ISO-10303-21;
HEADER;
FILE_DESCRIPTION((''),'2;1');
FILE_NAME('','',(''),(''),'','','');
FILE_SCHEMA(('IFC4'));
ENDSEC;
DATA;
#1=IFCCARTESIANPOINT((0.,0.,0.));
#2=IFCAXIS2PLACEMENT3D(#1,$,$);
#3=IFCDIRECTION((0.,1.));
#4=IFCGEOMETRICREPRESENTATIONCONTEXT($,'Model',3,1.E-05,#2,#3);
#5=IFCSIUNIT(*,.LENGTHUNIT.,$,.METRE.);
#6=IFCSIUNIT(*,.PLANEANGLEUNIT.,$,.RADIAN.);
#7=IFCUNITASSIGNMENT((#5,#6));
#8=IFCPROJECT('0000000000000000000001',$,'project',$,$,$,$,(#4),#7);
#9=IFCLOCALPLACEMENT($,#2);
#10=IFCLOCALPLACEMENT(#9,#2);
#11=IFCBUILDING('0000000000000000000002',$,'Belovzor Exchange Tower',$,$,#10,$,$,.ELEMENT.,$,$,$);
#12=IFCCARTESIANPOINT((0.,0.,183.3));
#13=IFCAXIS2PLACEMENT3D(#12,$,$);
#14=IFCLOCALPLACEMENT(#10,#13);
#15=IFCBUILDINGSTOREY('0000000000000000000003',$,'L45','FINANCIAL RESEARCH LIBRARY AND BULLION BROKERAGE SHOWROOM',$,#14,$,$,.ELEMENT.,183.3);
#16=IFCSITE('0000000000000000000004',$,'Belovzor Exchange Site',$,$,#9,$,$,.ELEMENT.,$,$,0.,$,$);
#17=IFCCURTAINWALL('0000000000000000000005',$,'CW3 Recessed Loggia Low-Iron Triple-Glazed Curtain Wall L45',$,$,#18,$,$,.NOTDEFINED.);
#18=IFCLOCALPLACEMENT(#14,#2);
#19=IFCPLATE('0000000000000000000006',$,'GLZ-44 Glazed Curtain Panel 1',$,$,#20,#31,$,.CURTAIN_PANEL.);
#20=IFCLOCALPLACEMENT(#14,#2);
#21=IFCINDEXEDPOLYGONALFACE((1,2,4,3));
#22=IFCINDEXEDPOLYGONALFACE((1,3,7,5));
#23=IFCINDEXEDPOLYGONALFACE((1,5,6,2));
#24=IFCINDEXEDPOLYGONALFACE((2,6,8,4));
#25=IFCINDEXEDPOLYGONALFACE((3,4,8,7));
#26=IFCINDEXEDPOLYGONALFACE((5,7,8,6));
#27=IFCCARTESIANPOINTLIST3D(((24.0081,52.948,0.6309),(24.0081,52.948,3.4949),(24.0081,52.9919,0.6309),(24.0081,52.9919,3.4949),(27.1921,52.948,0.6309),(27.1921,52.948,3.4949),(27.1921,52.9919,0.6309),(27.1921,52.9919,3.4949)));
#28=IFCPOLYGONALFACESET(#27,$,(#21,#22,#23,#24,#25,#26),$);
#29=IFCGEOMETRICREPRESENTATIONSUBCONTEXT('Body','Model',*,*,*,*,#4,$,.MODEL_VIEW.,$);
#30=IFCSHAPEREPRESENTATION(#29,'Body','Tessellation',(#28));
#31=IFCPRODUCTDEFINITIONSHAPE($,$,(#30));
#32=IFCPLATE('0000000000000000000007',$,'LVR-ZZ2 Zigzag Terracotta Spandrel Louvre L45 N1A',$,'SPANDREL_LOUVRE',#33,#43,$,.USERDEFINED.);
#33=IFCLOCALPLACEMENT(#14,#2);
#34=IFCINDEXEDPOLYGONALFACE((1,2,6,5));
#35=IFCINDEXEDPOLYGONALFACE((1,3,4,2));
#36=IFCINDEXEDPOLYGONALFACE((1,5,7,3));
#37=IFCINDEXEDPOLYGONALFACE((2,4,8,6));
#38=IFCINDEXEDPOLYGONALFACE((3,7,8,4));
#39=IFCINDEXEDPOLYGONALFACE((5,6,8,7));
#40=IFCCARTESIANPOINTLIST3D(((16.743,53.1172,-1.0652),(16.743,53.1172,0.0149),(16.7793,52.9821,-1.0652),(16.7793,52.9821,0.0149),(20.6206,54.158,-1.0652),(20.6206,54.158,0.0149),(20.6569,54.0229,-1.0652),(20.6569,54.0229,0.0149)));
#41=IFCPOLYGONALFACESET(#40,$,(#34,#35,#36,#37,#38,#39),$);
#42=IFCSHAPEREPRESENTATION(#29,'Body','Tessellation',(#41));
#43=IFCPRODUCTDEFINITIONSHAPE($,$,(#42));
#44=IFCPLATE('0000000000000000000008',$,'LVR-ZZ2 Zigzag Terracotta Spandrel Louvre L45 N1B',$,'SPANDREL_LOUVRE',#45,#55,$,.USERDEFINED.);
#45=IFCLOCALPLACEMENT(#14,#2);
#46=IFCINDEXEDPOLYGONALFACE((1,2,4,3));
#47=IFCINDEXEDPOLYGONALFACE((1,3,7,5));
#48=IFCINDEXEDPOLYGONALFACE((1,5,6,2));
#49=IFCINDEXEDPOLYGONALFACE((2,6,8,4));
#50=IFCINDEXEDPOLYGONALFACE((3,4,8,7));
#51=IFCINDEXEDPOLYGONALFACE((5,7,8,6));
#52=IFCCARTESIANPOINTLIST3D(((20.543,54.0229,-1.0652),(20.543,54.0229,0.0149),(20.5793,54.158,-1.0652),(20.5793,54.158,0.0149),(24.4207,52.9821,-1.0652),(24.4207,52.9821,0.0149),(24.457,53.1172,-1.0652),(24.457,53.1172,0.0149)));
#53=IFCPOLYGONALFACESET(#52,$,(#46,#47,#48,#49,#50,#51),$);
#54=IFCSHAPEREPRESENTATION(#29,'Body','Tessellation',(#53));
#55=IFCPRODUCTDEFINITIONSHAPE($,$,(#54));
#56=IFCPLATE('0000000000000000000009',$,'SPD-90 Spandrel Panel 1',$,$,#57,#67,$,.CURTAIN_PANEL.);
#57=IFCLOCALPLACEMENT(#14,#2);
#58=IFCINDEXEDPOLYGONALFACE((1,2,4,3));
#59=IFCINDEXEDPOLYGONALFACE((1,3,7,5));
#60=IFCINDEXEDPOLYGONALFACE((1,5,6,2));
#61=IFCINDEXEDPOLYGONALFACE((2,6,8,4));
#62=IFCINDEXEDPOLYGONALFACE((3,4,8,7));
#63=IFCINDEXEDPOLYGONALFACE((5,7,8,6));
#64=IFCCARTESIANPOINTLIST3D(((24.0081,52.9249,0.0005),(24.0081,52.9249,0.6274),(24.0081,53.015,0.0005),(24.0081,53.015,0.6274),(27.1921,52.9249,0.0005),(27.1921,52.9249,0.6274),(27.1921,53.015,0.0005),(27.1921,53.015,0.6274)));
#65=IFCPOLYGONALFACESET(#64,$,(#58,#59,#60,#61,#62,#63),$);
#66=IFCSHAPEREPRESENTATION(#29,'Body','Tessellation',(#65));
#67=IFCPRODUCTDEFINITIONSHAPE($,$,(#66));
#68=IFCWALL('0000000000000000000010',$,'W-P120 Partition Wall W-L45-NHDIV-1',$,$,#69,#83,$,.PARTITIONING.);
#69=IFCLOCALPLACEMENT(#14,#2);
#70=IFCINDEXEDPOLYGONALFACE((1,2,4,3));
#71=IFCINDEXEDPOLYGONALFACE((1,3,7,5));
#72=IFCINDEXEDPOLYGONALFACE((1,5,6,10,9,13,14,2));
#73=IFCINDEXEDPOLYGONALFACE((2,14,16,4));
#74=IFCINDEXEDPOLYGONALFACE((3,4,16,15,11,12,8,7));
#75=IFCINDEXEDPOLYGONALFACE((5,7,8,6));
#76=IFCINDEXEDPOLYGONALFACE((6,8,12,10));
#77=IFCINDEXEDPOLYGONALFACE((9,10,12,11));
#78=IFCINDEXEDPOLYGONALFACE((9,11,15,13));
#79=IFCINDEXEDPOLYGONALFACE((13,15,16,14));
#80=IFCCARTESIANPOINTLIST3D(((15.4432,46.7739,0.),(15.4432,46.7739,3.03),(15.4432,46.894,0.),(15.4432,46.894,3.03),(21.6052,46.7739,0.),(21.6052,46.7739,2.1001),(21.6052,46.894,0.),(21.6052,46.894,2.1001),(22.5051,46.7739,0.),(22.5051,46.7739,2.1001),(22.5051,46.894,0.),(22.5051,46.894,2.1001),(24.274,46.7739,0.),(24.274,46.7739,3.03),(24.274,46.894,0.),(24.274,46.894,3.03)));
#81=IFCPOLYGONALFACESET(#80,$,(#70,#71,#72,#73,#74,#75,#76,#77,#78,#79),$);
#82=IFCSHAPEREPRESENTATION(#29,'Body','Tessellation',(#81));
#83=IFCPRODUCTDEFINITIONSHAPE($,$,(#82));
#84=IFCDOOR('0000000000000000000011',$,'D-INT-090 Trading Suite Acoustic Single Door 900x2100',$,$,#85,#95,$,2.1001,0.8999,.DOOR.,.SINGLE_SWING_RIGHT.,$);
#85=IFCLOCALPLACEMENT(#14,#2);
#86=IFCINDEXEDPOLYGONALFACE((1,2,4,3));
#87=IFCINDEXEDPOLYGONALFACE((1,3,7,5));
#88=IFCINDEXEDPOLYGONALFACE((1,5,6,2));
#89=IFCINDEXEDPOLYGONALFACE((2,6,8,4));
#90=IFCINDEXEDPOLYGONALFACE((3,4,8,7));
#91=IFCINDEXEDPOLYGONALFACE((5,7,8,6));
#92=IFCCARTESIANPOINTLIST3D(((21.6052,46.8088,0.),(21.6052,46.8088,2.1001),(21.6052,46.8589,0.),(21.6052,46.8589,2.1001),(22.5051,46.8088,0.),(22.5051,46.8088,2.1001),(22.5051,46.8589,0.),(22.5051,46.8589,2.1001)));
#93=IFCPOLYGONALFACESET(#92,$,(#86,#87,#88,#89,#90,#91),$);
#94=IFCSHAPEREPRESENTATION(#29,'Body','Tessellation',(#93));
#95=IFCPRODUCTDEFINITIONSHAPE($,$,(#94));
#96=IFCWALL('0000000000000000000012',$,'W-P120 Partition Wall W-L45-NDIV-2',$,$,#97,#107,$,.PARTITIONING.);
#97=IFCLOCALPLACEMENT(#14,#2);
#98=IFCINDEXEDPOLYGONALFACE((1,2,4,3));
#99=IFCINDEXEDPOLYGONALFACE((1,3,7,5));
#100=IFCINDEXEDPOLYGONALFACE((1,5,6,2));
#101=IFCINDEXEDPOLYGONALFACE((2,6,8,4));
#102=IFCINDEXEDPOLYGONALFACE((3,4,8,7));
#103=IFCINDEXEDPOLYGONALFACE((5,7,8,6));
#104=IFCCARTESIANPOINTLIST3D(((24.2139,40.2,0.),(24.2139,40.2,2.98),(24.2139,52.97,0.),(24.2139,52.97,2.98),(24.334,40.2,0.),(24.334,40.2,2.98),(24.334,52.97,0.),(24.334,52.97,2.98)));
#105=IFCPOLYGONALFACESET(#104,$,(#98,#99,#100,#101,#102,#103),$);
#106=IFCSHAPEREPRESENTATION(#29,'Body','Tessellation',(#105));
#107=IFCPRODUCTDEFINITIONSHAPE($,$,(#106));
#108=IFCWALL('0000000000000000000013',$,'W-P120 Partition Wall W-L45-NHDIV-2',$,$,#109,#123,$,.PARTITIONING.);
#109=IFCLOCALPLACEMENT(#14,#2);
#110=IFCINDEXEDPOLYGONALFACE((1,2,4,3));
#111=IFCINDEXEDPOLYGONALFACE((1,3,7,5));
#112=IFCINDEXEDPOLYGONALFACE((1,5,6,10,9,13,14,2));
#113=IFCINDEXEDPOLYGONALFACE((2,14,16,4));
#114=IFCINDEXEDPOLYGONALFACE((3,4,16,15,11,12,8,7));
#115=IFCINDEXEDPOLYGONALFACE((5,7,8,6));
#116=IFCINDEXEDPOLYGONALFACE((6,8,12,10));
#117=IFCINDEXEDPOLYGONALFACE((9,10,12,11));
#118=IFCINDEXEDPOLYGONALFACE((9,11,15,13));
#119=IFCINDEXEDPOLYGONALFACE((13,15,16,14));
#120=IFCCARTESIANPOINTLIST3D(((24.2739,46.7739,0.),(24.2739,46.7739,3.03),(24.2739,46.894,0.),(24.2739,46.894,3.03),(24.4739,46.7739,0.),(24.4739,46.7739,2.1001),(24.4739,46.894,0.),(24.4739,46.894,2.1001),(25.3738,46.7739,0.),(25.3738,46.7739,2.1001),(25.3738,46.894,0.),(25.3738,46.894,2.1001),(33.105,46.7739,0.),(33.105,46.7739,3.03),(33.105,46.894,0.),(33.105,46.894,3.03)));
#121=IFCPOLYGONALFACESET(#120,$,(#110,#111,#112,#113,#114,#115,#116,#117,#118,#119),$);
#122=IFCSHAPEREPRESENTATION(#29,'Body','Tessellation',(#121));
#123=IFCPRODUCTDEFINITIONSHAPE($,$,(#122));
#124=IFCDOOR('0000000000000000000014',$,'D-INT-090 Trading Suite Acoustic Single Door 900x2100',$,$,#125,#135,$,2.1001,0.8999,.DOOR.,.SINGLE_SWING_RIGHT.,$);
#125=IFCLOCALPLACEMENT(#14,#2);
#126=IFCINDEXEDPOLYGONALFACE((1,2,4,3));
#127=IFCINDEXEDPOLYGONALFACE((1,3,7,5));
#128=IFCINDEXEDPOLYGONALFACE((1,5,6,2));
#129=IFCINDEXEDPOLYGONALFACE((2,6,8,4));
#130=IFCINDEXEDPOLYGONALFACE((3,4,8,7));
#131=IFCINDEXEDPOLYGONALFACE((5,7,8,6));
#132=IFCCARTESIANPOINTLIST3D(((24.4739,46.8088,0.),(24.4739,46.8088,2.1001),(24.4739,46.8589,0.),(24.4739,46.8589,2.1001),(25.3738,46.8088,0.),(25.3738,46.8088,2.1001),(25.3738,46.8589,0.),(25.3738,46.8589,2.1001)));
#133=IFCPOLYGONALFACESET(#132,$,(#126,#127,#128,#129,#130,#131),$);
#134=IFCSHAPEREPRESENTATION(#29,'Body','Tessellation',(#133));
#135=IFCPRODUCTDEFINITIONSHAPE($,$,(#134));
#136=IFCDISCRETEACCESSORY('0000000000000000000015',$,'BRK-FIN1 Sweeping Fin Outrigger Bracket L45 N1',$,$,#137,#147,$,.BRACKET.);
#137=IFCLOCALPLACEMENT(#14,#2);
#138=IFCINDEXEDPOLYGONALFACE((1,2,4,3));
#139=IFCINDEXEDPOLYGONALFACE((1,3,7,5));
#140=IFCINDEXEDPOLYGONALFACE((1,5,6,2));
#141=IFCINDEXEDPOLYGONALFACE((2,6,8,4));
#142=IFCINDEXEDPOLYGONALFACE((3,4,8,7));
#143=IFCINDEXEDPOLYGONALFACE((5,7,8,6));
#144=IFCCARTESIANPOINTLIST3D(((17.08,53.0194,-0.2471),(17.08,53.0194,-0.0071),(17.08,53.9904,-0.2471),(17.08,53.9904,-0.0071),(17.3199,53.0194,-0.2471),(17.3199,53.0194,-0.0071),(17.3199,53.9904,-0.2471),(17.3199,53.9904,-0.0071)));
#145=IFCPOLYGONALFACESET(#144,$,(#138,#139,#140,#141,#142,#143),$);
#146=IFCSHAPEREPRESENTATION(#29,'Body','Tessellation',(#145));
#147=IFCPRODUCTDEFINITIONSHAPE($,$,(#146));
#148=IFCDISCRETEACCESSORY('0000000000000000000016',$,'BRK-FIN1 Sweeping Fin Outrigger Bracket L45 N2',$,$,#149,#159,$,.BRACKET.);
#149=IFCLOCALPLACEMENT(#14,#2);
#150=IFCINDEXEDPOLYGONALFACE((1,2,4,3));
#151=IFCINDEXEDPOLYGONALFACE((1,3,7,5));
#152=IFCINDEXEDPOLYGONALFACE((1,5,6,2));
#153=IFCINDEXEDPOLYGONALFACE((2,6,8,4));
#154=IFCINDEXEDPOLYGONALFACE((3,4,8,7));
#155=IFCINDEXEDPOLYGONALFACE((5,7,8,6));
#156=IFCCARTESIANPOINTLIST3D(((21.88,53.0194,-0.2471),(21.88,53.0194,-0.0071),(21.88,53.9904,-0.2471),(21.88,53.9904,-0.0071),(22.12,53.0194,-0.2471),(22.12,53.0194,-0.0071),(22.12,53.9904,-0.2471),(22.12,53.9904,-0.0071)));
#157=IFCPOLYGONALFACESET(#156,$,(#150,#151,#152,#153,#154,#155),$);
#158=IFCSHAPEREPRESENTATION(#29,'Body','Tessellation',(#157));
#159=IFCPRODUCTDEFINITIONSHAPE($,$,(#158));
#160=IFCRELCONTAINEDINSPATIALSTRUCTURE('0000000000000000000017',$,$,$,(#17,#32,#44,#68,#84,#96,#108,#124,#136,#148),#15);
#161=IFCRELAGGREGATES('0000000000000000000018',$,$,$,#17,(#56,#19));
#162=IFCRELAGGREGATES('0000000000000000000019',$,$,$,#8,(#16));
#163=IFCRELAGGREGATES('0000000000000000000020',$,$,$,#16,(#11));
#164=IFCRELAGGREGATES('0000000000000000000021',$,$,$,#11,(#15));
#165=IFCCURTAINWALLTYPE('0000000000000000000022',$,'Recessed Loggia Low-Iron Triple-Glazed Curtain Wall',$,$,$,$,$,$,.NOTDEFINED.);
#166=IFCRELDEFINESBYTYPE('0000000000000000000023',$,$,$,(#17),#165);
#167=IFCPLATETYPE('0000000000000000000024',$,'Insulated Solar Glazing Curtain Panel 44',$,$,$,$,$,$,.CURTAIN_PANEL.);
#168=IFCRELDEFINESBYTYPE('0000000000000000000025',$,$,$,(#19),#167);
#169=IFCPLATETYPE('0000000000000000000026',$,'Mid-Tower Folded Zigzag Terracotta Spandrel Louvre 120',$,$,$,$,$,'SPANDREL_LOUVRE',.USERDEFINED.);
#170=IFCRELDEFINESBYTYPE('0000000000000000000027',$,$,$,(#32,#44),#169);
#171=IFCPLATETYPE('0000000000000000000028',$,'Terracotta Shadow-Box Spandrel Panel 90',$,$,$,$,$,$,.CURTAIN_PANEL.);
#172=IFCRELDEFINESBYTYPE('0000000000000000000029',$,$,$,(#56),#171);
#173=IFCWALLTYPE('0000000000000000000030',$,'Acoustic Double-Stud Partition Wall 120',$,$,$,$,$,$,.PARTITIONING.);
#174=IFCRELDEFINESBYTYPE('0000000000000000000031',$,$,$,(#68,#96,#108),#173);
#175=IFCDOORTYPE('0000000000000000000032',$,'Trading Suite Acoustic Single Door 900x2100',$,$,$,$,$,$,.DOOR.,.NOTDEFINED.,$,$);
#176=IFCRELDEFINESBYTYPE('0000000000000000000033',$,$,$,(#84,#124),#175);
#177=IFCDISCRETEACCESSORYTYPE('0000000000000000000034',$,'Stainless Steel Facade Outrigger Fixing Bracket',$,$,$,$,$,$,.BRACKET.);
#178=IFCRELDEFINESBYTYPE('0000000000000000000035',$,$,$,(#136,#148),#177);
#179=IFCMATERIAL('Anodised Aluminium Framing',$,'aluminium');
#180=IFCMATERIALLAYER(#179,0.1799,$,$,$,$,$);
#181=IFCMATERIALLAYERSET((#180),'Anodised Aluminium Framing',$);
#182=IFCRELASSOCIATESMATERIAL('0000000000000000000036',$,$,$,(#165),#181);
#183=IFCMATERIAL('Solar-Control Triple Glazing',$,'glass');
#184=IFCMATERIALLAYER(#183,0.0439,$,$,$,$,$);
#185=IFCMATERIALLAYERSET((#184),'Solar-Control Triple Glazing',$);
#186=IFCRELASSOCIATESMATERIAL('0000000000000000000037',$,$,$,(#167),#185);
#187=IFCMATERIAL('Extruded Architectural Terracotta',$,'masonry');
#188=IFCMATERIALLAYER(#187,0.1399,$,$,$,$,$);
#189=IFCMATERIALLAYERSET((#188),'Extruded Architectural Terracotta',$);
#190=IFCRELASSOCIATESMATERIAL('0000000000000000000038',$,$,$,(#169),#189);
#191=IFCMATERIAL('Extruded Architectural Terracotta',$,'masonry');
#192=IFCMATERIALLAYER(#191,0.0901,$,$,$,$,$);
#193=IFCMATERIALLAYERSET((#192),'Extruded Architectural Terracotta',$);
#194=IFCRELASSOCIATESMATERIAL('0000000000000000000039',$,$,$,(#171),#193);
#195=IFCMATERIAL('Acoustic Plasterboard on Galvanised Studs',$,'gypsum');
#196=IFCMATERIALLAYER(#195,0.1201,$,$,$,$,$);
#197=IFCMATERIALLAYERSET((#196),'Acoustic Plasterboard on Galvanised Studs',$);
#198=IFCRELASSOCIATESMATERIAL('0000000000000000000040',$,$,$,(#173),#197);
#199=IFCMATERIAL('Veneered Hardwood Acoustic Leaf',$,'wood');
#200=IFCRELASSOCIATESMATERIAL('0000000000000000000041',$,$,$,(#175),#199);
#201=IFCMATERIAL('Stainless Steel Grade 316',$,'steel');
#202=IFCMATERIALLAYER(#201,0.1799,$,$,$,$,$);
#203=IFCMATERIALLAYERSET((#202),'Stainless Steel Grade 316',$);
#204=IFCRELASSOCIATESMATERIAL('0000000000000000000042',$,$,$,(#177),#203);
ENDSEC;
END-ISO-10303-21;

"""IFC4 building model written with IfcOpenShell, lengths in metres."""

from ifc_helpers import new_model, si_unit, direction, frame, frame_2d, origin, origin_2d, place, context, subcontext, project, spatial, rectangle, extrude, material, layer, layer_set, type_object, element, fill, aggregate, save


model = new_model("IFC4")

# Units and contexts
model_context = context("Model", 3, precision=1e-05, world=origin(), true_north=direction((0.0, 1.0)))
body_context = subcontext(model_context, "Body", "Model", "MODEL_VIEW")
ifc_project = project(units=[si_unit("LENGTHUNIT", "METRE"), si_unit("PLANEANGLEUNIT", "RADIAN")], contexts=[model_context])

# Site, building, storey
site_placement = place(None, origin())
site = spatial("IfcSite", under=ifc_project, at=site_placement, Name="Belovzor Exchange Site", CompositionType="ELEMENT", RefElevation=0.0)
building_placement = place(site_placement, origin())
building = spatial("IfcBuilding", under=site, at=building_placement, Name="Belovzor Exchange Tower", CompositionType="ELEMENT")
storey_placement = place(building_placement, frame((0.0, 0.0, 183.3)))
storey = spatial("IfcBuildingStorey", under=building, at=storey_placement, Name="L45", Description="FINANCIAL RESEARCH LIBRARY AND BULLION BROKERAGE SHOWROOM", CompositionType="ELEMENT", Elevation=183.3)

# Curtain wall
ifc_material_1 = material(Name="Anodised Aluminium Framing", Category="aluminium")
ifc_layer_1 = layer(ifc_material_1, 0.1799)
ifc_layer_set_1 = layer_set([ifc_layer_1], Name="Anodised Aluminium Framing")
curtain_wall_type = type_object("IfcCurtainWallType", Name="Recessed Loggia Low-Iron Triple-Glazed Curtain Wall", PredefinedType="NOTDEFINED", material=ifc_layer_set_1)
curtain_wall_placement = place(storey_placement, origin())
curtain_wall = element("IfcCurtainWall", 1, at=curtain_wall_placement, inside=storey, type_object=curtain_wall_type, Name="CW3 Recessed Loggia Low-Iron Triple-Glazed Curtain Wall L45", PredefinedType="NOTDEFINED")

# Plate
ifc_material_2 = material(Name="Solar-Control Triple Glazing", Category="glass")
ifc_layer_2 = layer(ifc_material_2, 0.0439)
ifc_layer_set_2 = layer_set([ifc_layer_2], Name="Solar-Control Triple Glazing")
plate_type_1 = type_object("IfcPlateType", Name="Insulated Solar Glazing Curtain Panel 44", PredefinedType="CURTAIN_PANEL", material=ifc_layer_set_2)
plate_1_placement = place(storey_placement, frame((25.6001, 52.97, 0.6309), z_axis=(0.0, 0.0, 1.0), x_axis=(1.0, 0.0, 0.0)))
plate_1 = element("IfcPlate", 2, at=plate_1_placement, type_object=plate_type_1, Name="GLZ-44 Glazed Curtain Panel 1", PredefinedType="CURTAIN_PANEL", context=body_context, shape_type="SweptSolid", body=[
    extrude(rectangle(XDim=3.1841, YDim=0.0439, at=origin_2d()), origin(), (0.0, 0.0, 1.0), 2.864),
])

# Plates
ifc_material_3 = material(Name="Extruded Architectural Terracotta", Category="masonry")
ifc_layer_3 = layer(ifc_material_3, 0.1399)
ifc_layer_set_3 = layer_set([ifc_layer_3], Name="Extruded Architectural Terracotta")
plate_type_2 = type_object("IfcPlateType", Name="Mid-Tower Folded Zigzag Terracotta Spandrel Louvre 120", ElementType="SPANDREL_LOUVRE", PredefinedType="USERDEFINED", material=ifc_layer_set_3)
for number, where, z_axis, x_axis, name in (
    (3, (18.7, 53.5701, -1.0652), (0.0, 0.0, 1.0), (0.965813, 0.25924, 0.0), "LVR-ZZ2 Zigzag Terracotta Spandrel Louvre L45 N1A"),
    (4, (22.5, 53.5701, -1.0652), (0.0, 0.0, 1.0), (0.965813, -0.25924, 0.0), "LVR-ZZ2 Zigzag Terracotta Spandrel Louvre L45 N1B"),
):
    element("IfcPlate", number, at=place(storey_placement, frame(where, z_axis=z_axis, x_axis=x_axis)), inside=storey, type_object=plate_type_2, Name=name, ObjectType="SPANDREL_LOUVRE", PredefinedType="USERDEFINED", context=body_context, shape_type="SweptSolid", body=[
        extrude(rectangle(XDim=4.0149, YDim=0.1399, at=origin_2d()), origin(), (0.0, 0.0, 1.0), 1.0801),
    ])

# Plate
ifc_material_4 = material(Name="Extruded Architectural Terracotta", Category="masonry")
ifc_layer_4 = layer(ifc_material_4, 0.0901)
ifc_layer_set_4 = layer_set([ifc_layer_4], Name="Extruded Architectural Terracotta")
plate_type_3 = type_object("IfcPlateType", Name="Terracotta Shadow-Box Spandrel Panel 90", PredefinedType="CURTAIN_PANEL", material=ifc_layer_set_4)
plate_2_placement = place(storey_placement, frame((25.6001, 52.97, 0.0005), z_axis=(0.0, 0.0, 1.0), x_axis=(1.0, 0.0, 0.0)))
plate_2 = element("IfcPlate", 5, at=plate_2_placement, type_object=plate_type_3, Name="SPD-90 Spandrel Panel 1", PredefinedType="CURTAIN_PANEL", context=body_context, shape_type="SweptSolid", body=[
    extrude(rectangle(XDim=3.1841, YDim=0.0901, at=origin_2d()), origin(), (0.0, 0.0, 1.0), 0.627),
])
aggregate(curtain_wall, [plate_2, plate_1])

# Wall, opening, door
ifc_material_5 = material(Name="Acoustic Plasterboard on Galvanised Studs", Category="gypsum")
ifc_layer_5 = layer(ifc_material_5, 0.1201)
ifc_layer_set_5 = layer_set([ifc_layer_5], Name="Acoustic Plasterboard on Galvanised Studs")
wall_type_1 = type_object("IfcWallType", Name="Acoustic Double-Stud Partition Wall 120", PredefinedType="PARTITIONING", material=ifc_layer_set_5)
wall_1_placement = place(storey_placement, frame((15.4431, 46.834, 0.0), z_axis=(0.0, 0.0, 1.0), x_axis=(1.0, 0.0, 0.0)))
wall_1 = element("IfcWall", 6, at=wall_1_placement, inside=storey, type_object=wall_type_1, Name="W-P120 Partition Wall W-L45-NHDIV-1", PredefinedType="PARTITIONING", context=body_context, shape_type="SweptSolid", body=[
    extrude(rectangle(XDim=8.8308, YDim=0.1201, at=frame_2d((4.4155, 0.0))), origin(), (0.0, 0.0, 1.0), 3.03),
])
opening_1_placement = place(wall_1_placement, frame((6.1621, 0.0, 0.0)))
opening_1 = element("IfcOpeningElement", 7, at=opening_1_placement, cuts=wall_1, PredefinedType="OPENING", context=body_context, shape_type="SweptSolid", body=[
    extrude(rectangle(XDim=0.8999, YDim=2.1001, at=frame_2d((0.45, 1.05))), frame((0.0, 0.0701, 0.0), z_axis=(0.0, -1.0, 0.0), x_axis=(1.0, 0.0, 0.0)), (0.0, 0.0, 1.0), 0.1401),
])
ifc_material_6 = material(Name="Veneered Hardwood Acoustic Leaf", Category="wood")
door_type_1 = type_object("IfcDoorType", Name="Trading Suite Acoustic Single Door 900x2100", OperationType="NOTDEFINED", PredefinedType="DOOR", material=ifc_material_6)
door_1_placement = place(opening_1_placement, origin())
door_1 = element("IfcDoor", 8, at=door_1_placement, inside=storey, type_object=door_type_1, Name="D-INT-090 Trading Suite Acoustic Single Door 900x2100", OperationType="SINGLE_SWING_RIGHT", OverallHeight=2.1001, OverallWidth=0.8999, PredefinedType="DOOR", context=body_context, shape_type="SweptSolid", body=[
    extrude(rectangle(XDim=0.8999, YDim=2.1001, at=frame_2d((0.45, 1.05))), frame((0.0, 0.0249, 0.0), z_axis=(0.0, -1.0, 0.0), x_axis=(1.0, 0.0, 0.0)), (0.0, 0.0, 1.0), 0.05),
])
fill(opening_1, door_1)

# Wall
wall_2_placement = place(storey_placement, frame((24.2739, 40.2, 0.0), z_axis=(0.0, 0.0, 1.0), x_axis=(0.0, 1.0, 0.0)))
element("IfcWall", 9, at=wall_2_placement, inside=storey, type_object=wall_type_1, Name="W-P120 Partition Wall W-L45-NDIV-2", PredefinedType="PARTITIONING", context=body_context, shape_type="SweptSolid", body=[
    extrude(rectangle(XDim=12.77, YDim=0.1201, at=frame_2d((6.385, 0.0))), origin(), (0.0, 0.0, 1.0), 2.98),
])

# Wall, opening, door
wall_3_placement = place(storey_placement, frame((24.2739, 46.834, 0.0), z_axis=(0.0, 0.0, 1.0), x_axis=(1.0, 0.0, 0.0)))
wall_3 = element("IfcWall", 10, at=wall_3_placement, inside=storey, type_object=wall_type_1, Name="W-P120 Partition Wall W-L45-NHDIV-2", PredefinedType="PARTITIONING", context=body_context, shape_type="SweptSolid", body=[
    extrude(rectangle(XDim=8.8311, YDim=0.1201, at=frame_2d((4.4155, 0.0))), origin(), (0.0, 0.0, 1.0), 3.03),
])
opening_2_placement = place(wall_3_placement, frame((0.2, 0.0, 0.0)))
opening_2 = element("IfcOpeningElement", 11, at=opening_2_placement, cuts=wall_3, PredefinedType="OPENING", context=body_context, shape_type="SweptSolid", body=[
    extrude(rectangle(XDim=0.8999, YDim=2.1001, at=frame_2d((0.45, 1.05))), frame((0.0, 0.0701, 0.0), z_axis=(0.0, -1.0, 0.0), x_axis=(1.0, 0.0, 0.0)), (0.0, 0.0, 1.0), 0.1401),
])
door_2_placement = place(opening_2_placement, origin())
door_2 = element("IfcDoor", 12, at=door_2_placement, inside=storey, type_object=door_type_1, Name="D-INT-090 Trading Suite Acoustic Single Door 900x2100", OperationType="SINGLE_SWING_RIGHT", OverallHeight=2.1001, OverallWidth=0.8999, PredefinedType="DOOR", context=body_context, shape_type="SweptSolid", body=[
    extrude(rectangle(XDim=0.8999, YDim=2.1001, at=frame_2d((0.45, 1.05))), frame((0.0, 0.0249, 0.0), z_axis=(0.0, -1.0, 0.0), x_axis=(1.0, 0.0, 0.0)), (0.0, 0.0, 1.0), 0.05),
])
fill(opening_2, door_2)

# Discrete accessories
ifc_material_7 = material(Name="Stainless Steel Grade 316", Category="steel")
ifc_layer_6 = layer(ifc_material_7, 0.1799)
ifc_layer_set_6 = layer_set([ifc_layer_6], Name="Stainless Steel Grade 316")
discrete_accessory_type = type_object("IfcDiscreteAccessoryType", Name="Stainless Steel Facade Outrigger Fixing Bracket", PredefinedType="BRACKET", material=ifc_layer_set_6)
for number, where, z_axis, x_axis, name in (
    (13, (17.2, 53.5049, -0.2471), (0.0, 0.0, 1.0), (0.0, 1.0, 0.0), "BRK-FIN1 Sweeping Fin Outrigger Bracket L45 N1"),
    (14, (22.0, 53.5049, -0.2471), (0.0, 0.0, 1.0), (0.0, 1.0, 0.0), "BRK-FIN1 Sweeping Fin Outrigger Bracket L45 N2"),
):
    element("IfcDiscreteAccessory", number, at=place(storey_placement, frame(where, z_axis=z_axis, x_axis=x_axis)), inside=storey, type_object=discrete_accessory_type, Name=name, PredefinedType="BRACKET", context=body_context, shape_type="SweptSolid", body=[
        extrude(rectangle(XDim=0.9709, YDim=0.24, at=origin_2d()), origin(), (0.0, 0.0, 1.0), 0.24),
    ])

save(model, "model.ifc")
